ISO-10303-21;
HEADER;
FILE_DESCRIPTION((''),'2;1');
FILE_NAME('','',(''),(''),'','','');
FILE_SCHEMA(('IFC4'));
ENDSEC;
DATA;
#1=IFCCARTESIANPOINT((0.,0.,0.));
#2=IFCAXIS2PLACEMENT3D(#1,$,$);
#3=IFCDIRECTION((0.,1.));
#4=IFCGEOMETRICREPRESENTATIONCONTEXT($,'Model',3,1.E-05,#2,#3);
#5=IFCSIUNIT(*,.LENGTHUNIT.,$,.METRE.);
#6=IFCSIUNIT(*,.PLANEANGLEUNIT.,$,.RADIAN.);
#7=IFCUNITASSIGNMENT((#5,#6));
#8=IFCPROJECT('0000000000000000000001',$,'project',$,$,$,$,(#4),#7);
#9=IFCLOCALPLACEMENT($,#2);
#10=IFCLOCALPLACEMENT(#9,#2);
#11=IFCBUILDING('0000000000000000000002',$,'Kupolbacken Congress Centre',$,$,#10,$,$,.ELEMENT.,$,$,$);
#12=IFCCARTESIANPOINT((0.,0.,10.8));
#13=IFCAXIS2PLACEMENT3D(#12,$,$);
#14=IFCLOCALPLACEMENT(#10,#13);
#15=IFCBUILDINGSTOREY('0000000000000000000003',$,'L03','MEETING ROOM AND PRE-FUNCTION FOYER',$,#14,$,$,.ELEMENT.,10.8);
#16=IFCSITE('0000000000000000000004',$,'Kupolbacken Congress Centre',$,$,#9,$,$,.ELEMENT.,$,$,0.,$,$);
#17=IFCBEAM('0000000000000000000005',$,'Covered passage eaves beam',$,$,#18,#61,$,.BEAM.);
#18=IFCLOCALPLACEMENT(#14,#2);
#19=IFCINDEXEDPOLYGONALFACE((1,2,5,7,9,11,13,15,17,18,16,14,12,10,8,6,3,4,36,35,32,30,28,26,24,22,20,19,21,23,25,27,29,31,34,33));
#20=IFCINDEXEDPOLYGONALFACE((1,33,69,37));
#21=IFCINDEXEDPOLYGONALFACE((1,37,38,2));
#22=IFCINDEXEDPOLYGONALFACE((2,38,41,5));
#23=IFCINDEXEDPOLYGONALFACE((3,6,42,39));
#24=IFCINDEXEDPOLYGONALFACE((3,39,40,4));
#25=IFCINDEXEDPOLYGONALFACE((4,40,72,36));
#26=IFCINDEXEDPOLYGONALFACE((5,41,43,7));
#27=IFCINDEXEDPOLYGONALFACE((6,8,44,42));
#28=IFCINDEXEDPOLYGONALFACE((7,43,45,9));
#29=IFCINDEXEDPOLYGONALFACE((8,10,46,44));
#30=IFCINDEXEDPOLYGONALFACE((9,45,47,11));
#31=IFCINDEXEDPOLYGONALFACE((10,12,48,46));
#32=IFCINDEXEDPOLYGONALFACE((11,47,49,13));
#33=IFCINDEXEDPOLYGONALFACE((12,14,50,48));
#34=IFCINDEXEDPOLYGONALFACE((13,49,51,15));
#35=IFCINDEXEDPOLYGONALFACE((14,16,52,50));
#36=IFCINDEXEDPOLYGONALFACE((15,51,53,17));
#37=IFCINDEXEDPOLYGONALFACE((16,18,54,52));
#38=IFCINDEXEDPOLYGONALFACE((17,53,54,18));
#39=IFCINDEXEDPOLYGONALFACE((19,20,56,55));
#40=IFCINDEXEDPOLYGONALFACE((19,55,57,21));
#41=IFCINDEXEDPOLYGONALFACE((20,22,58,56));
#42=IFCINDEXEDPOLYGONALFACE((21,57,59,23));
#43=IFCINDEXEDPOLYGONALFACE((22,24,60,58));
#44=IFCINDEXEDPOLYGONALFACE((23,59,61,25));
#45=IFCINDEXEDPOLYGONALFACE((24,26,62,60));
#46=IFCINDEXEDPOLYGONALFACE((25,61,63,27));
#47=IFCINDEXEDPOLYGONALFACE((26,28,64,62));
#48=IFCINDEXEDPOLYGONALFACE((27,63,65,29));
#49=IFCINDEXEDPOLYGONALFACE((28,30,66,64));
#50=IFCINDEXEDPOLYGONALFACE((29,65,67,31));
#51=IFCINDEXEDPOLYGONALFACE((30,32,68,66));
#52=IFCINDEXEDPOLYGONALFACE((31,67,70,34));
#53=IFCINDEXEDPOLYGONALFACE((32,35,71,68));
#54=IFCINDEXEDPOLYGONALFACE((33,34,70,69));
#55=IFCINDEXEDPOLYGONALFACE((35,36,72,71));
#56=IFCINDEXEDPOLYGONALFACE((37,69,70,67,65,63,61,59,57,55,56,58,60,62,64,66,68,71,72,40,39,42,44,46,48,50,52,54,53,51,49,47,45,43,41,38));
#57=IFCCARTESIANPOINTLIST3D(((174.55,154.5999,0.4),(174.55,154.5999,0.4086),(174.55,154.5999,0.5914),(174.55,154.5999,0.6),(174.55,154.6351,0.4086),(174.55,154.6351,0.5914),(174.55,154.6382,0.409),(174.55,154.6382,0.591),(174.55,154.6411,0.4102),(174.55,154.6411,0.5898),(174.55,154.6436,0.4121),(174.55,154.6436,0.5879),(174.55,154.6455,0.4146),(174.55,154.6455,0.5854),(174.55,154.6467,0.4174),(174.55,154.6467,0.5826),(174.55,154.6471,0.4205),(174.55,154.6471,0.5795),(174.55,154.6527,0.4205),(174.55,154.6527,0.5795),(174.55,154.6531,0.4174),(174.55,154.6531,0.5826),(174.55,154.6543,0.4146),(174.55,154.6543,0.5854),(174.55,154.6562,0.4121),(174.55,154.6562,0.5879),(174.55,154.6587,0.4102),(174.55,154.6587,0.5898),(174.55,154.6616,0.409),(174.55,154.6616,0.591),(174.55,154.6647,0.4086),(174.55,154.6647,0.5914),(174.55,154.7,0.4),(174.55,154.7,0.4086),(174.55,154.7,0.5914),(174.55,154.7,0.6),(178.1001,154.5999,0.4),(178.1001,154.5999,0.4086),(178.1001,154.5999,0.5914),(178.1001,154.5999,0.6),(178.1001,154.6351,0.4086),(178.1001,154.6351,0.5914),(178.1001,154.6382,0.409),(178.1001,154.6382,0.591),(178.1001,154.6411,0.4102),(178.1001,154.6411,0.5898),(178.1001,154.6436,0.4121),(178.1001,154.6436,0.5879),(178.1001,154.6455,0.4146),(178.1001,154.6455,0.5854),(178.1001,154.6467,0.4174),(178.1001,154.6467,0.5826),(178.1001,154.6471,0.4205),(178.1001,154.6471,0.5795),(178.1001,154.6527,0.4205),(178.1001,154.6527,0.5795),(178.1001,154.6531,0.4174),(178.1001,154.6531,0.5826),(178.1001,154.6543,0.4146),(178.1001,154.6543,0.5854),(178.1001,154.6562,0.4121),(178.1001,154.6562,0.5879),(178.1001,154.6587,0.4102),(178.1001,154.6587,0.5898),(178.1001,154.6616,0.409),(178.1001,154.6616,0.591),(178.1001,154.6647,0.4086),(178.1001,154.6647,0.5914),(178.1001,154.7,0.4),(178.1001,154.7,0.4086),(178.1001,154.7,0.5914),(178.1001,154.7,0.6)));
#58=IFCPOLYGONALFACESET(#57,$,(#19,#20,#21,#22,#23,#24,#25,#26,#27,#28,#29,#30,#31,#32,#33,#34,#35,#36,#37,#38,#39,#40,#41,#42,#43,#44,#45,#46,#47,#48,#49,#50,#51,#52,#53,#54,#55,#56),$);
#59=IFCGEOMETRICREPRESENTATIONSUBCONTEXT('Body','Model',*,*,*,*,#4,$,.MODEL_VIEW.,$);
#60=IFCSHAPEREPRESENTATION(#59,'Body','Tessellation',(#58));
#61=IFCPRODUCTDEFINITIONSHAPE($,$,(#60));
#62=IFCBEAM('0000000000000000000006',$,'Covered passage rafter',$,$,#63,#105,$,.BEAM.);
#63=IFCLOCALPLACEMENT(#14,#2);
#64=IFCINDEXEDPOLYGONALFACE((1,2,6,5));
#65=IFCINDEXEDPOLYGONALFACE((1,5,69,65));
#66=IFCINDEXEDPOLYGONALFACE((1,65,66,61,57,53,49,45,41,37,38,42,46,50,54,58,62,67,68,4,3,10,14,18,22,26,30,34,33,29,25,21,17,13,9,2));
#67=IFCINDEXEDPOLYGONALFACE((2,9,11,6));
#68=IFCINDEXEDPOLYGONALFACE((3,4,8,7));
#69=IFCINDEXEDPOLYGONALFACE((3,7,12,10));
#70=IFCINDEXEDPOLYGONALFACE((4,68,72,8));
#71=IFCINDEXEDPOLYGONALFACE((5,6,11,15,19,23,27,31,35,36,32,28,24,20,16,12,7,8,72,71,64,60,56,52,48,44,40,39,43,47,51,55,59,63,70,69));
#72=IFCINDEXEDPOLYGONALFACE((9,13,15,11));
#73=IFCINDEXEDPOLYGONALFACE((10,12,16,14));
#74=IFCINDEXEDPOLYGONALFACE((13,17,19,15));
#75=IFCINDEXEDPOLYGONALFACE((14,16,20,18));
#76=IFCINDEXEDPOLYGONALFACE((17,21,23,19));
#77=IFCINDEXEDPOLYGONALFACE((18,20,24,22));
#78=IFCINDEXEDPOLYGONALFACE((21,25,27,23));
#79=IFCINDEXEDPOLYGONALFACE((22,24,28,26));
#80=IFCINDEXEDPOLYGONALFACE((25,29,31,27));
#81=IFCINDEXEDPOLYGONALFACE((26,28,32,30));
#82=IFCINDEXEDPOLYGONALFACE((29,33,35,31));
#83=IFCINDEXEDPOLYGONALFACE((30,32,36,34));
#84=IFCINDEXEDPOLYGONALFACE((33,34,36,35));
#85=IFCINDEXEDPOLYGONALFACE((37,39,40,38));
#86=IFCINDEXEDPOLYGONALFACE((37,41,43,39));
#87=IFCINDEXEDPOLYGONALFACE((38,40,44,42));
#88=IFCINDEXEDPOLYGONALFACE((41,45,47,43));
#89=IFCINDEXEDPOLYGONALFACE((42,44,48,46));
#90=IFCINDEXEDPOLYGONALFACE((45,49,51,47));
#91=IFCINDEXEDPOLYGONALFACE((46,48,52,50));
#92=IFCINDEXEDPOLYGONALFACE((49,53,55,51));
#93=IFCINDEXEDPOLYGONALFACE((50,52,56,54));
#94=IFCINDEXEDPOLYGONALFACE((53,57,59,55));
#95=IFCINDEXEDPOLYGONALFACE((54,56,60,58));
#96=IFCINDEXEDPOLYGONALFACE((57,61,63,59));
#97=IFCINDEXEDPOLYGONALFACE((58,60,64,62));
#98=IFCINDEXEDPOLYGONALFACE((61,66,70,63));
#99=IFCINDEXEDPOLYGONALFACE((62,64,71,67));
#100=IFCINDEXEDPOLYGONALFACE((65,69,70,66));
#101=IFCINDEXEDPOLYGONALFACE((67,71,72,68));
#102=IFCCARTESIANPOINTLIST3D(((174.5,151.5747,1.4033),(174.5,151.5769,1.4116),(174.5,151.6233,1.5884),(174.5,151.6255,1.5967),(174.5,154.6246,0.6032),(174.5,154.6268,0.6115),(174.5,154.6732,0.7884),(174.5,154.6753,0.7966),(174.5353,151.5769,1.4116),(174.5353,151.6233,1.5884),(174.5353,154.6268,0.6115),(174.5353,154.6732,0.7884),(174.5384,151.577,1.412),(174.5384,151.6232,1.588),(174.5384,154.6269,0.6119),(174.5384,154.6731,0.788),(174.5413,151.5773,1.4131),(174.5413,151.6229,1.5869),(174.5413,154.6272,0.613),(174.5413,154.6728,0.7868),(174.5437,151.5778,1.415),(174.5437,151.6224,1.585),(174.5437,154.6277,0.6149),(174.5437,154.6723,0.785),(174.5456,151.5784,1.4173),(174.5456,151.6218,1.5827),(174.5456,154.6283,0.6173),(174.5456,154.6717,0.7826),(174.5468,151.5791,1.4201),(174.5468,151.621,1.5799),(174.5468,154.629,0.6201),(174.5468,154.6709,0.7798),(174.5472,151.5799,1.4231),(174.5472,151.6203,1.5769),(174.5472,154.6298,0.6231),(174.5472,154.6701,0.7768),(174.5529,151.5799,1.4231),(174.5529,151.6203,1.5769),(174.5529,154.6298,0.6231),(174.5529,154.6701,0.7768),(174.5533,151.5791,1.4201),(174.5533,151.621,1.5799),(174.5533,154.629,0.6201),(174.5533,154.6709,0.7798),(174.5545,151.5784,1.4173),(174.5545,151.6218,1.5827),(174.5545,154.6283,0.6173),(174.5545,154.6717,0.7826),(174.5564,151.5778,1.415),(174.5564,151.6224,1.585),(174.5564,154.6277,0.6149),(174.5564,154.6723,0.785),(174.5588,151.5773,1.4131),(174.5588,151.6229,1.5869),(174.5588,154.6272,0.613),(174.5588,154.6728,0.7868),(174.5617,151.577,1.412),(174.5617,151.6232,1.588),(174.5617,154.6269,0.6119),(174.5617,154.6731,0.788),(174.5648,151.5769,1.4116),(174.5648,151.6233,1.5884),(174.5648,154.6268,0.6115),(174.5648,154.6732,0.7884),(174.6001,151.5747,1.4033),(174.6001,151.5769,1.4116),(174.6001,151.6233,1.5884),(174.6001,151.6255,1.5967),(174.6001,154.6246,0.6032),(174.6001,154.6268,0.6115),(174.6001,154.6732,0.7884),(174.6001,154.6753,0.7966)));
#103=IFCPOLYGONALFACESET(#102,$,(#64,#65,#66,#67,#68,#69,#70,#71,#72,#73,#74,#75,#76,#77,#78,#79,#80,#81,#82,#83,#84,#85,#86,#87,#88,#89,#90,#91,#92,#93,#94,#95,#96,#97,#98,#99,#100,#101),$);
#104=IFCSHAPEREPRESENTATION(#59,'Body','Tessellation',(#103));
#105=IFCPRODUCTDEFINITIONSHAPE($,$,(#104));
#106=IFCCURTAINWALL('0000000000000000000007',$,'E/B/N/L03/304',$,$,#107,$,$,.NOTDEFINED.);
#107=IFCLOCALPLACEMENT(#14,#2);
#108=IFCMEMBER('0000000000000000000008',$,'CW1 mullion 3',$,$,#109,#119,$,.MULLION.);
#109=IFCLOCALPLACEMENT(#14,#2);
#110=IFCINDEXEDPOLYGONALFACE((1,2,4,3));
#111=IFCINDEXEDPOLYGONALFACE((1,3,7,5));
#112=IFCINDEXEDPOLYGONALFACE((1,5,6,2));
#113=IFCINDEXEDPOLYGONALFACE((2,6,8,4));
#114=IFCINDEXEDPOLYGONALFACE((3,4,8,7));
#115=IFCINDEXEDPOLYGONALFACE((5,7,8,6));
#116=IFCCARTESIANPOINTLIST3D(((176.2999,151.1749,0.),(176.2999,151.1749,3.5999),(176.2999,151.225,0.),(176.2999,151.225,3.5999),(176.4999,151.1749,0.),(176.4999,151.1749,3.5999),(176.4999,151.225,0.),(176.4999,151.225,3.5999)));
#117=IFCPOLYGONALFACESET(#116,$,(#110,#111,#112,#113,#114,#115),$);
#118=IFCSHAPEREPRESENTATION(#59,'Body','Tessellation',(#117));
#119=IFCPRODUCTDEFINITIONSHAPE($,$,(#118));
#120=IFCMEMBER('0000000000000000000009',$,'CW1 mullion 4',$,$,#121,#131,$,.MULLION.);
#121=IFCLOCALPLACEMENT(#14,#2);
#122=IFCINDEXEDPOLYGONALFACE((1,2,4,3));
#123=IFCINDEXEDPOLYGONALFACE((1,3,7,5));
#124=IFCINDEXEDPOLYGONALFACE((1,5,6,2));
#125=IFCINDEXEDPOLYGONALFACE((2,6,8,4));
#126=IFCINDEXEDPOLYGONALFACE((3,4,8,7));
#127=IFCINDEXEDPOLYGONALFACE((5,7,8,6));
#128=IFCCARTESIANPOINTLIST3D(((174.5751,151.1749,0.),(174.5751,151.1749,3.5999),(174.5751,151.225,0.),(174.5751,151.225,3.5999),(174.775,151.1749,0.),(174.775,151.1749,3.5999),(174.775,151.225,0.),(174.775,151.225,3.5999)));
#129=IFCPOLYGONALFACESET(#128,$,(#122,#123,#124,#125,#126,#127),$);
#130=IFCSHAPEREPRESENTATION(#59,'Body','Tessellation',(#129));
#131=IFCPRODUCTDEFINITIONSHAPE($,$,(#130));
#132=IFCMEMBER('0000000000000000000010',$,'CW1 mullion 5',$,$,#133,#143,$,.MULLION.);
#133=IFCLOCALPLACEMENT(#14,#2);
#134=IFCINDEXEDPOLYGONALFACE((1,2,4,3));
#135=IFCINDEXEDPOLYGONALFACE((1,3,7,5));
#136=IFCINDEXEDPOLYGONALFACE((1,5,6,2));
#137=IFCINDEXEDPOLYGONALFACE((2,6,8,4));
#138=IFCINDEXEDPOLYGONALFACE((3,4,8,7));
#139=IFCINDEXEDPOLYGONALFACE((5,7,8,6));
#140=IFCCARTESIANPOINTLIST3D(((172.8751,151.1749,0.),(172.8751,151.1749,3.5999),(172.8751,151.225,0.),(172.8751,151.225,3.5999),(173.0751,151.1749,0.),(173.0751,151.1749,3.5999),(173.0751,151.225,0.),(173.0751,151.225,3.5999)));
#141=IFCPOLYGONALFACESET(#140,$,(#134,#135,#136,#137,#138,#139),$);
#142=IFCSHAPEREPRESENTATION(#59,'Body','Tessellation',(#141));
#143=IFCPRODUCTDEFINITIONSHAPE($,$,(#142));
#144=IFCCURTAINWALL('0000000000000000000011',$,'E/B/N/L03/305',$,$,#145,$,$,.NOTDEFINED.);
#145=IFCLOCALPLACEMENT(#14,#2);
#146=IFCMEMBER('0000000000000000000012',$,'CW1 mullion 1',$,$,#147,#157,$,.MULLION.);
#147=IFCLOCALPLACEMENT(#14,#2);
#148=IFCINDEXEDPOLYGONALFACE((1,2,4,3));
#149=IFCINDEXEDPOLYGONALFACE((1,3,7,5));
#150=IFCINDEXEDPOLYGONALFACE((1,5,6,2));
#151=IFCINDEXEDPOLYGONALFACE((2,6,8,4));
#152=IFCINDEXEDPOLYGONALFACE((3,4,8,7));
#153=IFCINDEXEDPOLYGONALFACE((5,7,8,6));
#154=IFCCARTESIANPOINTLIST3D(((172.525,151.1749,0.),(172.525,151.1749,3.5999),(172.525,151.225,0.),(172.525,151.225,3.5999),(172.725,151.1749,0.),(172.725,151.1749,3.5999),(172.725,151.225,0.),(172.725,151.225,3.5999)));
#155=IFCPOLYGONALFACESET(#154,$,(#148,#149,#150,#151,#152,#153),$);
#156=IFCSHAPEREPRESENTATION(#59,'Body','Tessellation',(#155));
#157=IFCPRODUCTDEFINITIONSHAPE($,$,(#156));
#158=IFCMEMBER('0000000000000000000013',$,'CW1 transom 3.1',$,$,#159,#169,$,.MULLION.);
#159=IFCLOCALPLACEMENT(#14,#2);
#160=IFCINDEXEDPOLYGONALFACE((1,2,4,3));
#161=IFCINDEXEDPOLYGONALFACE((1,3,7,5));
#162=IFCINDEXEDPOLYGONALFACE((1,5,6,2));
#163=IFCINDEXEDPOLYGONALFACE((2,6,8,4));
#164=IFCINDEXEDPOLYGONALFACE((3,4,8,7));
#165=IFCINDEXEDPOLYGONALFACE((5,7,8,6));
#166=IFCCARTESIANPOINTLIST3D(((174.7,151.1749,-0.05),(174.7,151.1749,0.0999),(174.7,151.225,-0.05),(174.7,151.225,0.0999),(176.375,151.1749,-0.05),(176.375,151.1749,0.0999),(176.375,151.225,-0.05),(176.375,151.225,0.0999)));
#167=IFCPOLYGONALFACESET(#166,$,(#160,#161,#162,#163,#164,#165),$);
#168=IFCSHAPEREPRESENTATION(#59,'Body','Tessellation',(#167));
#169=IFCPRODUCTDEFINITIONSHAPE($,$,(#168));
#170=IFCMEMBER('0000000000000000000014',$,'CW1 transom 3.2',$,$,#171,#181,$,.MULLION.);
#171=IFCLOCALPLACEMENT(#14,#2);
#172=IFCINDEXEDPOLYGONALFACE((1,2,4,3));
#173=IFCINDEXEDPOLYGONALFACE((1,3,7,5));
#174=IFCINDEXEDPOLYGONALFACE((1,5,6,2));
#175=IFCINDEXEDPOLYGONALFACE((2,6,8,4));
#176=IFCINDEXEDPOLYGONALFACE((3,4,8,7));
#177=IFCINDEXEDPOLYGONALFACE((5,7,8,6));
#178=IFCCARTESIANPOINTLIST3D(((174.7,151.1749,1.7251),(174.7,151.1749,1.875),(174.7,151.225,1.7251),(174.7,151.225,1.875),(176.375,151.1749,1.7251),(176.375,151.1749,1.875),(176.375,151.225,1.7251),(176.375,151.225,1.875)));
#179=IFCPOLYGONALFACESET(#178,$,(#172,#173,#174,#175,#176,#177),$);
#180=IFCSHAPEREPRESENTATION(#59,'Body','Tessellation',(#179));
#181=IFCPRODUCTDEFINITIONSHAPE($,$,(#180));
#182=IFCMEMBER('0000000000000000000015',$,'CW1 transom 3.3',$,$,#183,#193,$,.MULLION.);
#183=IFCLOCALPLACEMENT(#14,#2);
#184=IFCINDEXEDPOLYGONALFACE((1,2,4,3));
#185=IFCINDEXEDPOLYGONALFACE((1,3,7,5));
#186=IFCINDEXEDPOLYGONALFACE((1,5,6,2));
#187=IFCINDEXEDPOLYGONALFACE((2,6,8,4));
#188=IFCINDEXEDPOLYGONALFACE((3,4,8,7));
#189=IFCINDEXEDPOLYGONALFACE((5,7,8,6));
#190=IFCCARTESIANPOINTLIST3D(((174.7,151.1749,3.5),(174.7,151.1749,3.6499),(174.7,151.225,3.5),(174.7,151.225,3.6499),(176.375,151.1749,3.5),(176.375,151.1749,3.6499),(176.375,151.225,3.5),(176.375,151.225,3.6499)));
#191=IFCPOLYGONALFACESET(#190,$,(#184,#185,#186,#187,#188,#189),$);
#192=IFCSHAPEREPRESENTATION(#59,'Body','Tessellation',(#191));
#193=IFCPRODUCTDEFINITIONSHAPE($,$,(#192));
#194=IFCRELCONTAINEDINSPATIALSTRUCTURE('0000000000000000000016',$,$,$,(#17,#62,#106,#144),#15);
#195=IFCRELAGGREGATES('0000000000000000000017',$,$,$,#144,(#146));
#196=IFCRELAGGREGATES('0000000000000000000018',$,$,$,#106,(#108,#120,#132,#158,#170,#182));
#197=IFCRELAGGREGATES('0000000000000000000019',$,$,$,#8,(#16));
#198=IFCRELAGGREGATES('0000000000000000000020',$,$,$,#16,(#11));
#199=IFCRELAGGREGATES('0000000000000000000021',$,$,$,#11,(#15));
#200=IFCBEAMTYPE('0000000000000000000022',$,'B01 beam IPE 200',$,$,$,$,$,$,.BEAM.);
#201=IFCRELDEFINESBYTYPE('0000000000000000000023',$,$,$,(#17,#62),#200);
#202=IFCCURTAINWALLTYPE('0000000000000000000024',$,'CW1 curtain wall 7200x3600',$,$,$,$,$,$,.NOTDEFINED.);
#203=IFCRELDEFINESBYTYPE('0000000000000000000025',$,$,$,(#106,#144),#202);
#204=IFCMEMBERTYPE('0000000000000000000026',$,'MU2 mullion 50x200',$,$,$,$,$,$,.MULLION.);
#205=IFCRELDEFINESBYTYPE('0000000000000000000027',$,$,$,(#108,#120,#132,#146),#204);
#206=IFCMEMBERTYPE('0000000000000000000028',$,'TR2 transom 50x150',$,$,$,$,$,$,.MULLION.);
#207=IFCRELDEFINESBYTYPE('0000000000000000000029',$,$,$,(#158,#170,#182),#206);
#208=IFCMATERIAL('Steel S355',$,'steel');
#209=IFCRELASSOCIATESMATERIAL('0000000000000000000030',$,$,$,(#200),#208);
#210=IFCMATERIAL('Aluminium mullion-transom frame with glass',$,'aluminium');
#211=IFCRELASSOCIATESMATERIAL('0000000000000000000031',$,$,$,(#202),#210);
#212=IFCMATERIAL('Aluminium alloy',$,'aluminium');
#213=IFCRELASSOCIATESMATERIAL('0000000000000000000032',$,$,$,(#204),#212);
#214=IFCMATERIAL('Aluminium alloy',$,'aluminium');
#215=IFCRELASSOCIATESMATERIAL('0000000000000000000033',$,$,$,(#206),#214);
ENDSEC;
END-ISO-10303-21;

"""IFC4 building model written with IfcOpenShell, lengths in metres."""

from ifc_helpers import new_model, si_unit, direction, frame, origin, origin_2d, place, context, subcontext, project, spatial, rectangle, i_section, extrude, material, material_profile, profile_set, type_object, element, aggregate, save


model = new_model("IFC4")

# Units and contexts
model_context = context("Model", 3, precision=1e-05, world=origin(), true_north=direction((0.0, 1.0)))
body_context = subcontext(model_context, "Body", "Model", "MODEL_VIEW")
ifc_project = project(units=[si_unit("LENGTHUNIT", "METRE"), si_unit("PLANEANGLEUNIT", "RADIAN")], contexts=[model_context])

# Site, building, storey
site_placement = place(None, origin())
site = spatial("IfcSite", under=ifc_project, at=site_placement, Name="Kupolbacken Congress Centre", CompositionType="ELEMENT", RefElevation=0.0)
building_placement = place(site_placement, origin())
building = spatial("IfcBuilding", under=site, at=building_placement, Name="Kupolbacken Congress Centre", CompositionType="ELEMENT")
storey_placement = place(building_placement, frame((0.0, 0.0, 10.8)))
storey = spatial("IfcBuildingStorey", under=building, at=storey_placement, Name="L03", Description="MEETING ROOM AND PRE-FUNCTION FOYER", CompositionType="ELEMENT", Elevation=10.8)

# Beams
ifc_material_1 = material(Name="Steel S355", Category="steel")
ifc_material_profile_1 = material_profile(ifc_material_1, i_section(OverallWidth=0.1001, OverallDepth=0.2, WebThickness=0.0056, FlangeThickness=0.0085, FilletRadius=0.012, at=origin_2d()), Name="IPE 200")
ifc_profile_set_1 = profile_set([ifc_material_profile_1], Name="Steel S355")
beam_type = type_object("IfcBeamType", Name="B01 beam IPE 200", PredefinedType="BEAM", material=ifc_profile_set_1)
for number, where, z_axis, x_axis, name in (
    (1, (174.55, 154.6499, 0.5), (1.0, 0.0, 0.0), (0.0, 1.0, 0.0), "Covered passage eaves beam"),
):
    element("IfcBeam", number, at=place(storey_placement, frame(where, z_axis=z_axis, x_axis=x_axis)), inside=storey, type_object=beam_type, Name=name, PredefinedType="BEAM", context=body_context, shape_type="SweptSolid", body=[
        extrude(i_section(OverallWidth=0.1001, OverallDepth=0.2, WebThickness=0.0056, FlangeThickness=0.0085, FilletRadius=0.012, at=origin_2d()), origin(), (0.0, 0.0, 1.0), 3.55),
    ])
beam_placement = place(storey_placement, frame((174.55, 151.6001, 1.5), z_axis=(0.0, 0.967272, -0.253742), x_axis=(-1.0, 0.0, 0.0)))
element("IfcBeam", 2, at=beam_placement, inside=storey, type_object=beam_type, Name="Covered passage rafter", PredefinedType="BEAM", context=body_context, shape_type="SweptSolid", body=[
    extrude(i_section(OverallWidth=0.1001, OverallDepth=0.2, WebThickness=0.0056, FlangeThickness=0.0085, FilletRadius=0.012, at=origin_2d()), origin(), (0.0, 0.0, 1.0), 3.1531),
])

# Curtain wall, members
ifc_material_2 = material(Name="Aluminium mullion-transom frame with glass", Category="aluminium")
curtain_wall_type = type_object("IfcCurtainWallType", Name="CW1 curtain wall 7200x3600", PredefinedType="NOTDEFINED", material=ifc_material_2)
curtain_wall_1_placement = place(storey_placement, origin())
curtain_wall_1 = element("IfcCurtainWall", 3, at=curtain_wall_1_placement, inside=storey, type_object=curtain_wall_type, Name="E/B/N/L03/304", PredefinedType="NOTDEFINED")
ifc_material_3 = material(Name="Aluminium alloy", Category="aluminium")
ifc_material_profile_2 = material_profile(ifc_material_3, rectangle(XDim=0.05, YDim=0.2, at=origin_2d()), Name="50 x 200")
ifc_profile_set_2 = profile_set([ifc_material_profile_2], Name="Aluminium alloy")
member_type_1 = type_object("IfcMemberType", Name="MU2 mullion 50x200", PredefinedType="MULLION", material=ifc_profile_set_2)
member_1_placement = place(storey_placement, frame((176.3999, 151.2, 0.0), z_axis=(0.0, 0.0, 1.0), x_axis=(0.0, -1.0, 0.0)))
member_1 = element("IfcMember", 4, at=member_1_placement, type_object=member_type_1, Name="CW1 mullion 3", PredefinedType="MULLION", context=body_context, shape_type="SweptSolid", body=[
    extrude(rectangle(XDim=0.05, YDim=0.2, at=origin_2d()), origin(), (0.0, 0.0, 1.0), 3.5999),
])
member_2_placement = place(storey_placement, frame((174.675, 151.2, 0.0), z_axis=(0.0, 0.0, 1.0), x_axis=(0.0, -1.0, 0.0)))
member_2 = element("IfcMember", 5, at=member_2_placement, type_object=member_type_1, Name="CW1 mullion 4", PredefinedType="MULLION", context=body_context, shape_type="SweptSolid", body=[
    extrude(rectangle(XDim=0.05, YDim=0.2, at=origin_2d()), origin(), (0.0, 0.0, 1.0), 3.5999),
])
member_3_placement = place(storey_placement, frame((172.9751, 151.2, 0.0), z_axis=(0.0, 0.0, 1.0), x_axis=(0.0, -1.0, 0.0)))
member_3 = element("IfcMember", 6, at=member_3_placement, type_object=member_type_1, Name="CW1 mullion 5", PredefinedType="MULLION", context=body_context, shape_type="SweptSolid", body=[
    extrude(rectangle(XDim=0.05, YDim=0.2, at=origin_2d()), origin(), (0.0, 0.0, 1.0), 3.5999),
])

# Curtain wall, member
curtain_wall_2_placement = place(storey_placement, origin())
curtain_wall_2 = element("IfcCurtainWall", 7, at=curtain_wall_2_placement, inside=storey, type_object=curtain_wall_type, Name="E/B/N/L03/305", PredefinedType="NOTDEFINED")
member_4_placement = place(storey_placement, frame((172.625, 151.2, 0.0), z_axis=(0.0, 0.0, 1.0), x_axis=(0.0, -1.0, 0.0)))
member_4 = element("IfcMember", 8, at=member_4_placement, type_object=member_type_1, Name="CW1 mullion 1", PredefinedType="MULLION", context=body_context, shape_type="SweptSolid", body=[
    extrude(rectangle(XDim=0.05, YDim=0.2, at=origin_2d()), origin(), (0.0, 0.0, 1.0), 3.5999),
])

# Members
ifc_material_4 = material(Name="Aluminium alloy", Category="aluminium")
ifc_material_profile_3 = material_profile(ifc_material_4, rectangle(XDim=0.05, YDim=0.1499, at=origin_2d()), Name="50 x 150")
ifc_profile_set_3 = profile_set([ifc_material_profile_3], Name="Aluminium alloy")
member_type_2 = type_object("IfcMemberType", Name="TR2 transom 50x150", PredefinedType="MULLION", material=ifc_profile_set_3)
member_5_placement = place(storey_placement, frame((176.375, 151.2, 0.0249), z_axis=(-1.0, 0.0, 0.0), x_axis=(0.0, -1.0, 0.0)))
member_5 = element("IfcMember", 9, at=member_5_placement, type_object=member_type_2, Name="CW1 transom 3.1", PredefinedType="MULLION", context=body_context, shape_type="SweptSolid", body=[
    extrude(rectangle(XDim=0.05, YDim=0.1499, at=origin_2d()), origin(), (0.0, 0.0, 1.0), 1.675),
])
member_6_placement = place(storey_placement, frame((176.375, 151.2, 1.8), z_axis=(-1.0, 0.0, 0.0), x_axis=(0.0, -1.0, 0.0)))
member_6 = element("IfcMember", 10, at=member_6_placement, type_object=member_type_2, Name="CW1 transom 3.2", PredefinedType="MULLION", context=body_context, shape_type="SweptSolid", body=[
    extrude(rectangle(XDim=0.05, YDim=0.1499, at=origin_2d()), origin(), (0.0, 0.0, 1.0), 1.675),
])
member_7_placement = place(storey_placement, frame((176.375, 151.2, 3.575), z_axis=(-1.0, 0.0, 0.0), x_axis=(0.0, -1.0, 0.0)))
member_7 = element("IfcMember", 11, at=member_7_placement, type_object=member_type_2, Name="CW1 transom 3.3", PredefinedType="MULLION", context=body_context, shape_type="SweptSolid", body=[
    extrude(rectangle(XDim=0.05, YDim=0.1499, at=origin_2d()), origin(), (0.0, 0.0, 1.0), 1.675),
])
aggregate(curtain_wall_2, [member_4])

aggregate(curtain_wall_1, [member_1, member_2, member_3, member_5, member_6, member_7])

save(model, "model.ifc")
